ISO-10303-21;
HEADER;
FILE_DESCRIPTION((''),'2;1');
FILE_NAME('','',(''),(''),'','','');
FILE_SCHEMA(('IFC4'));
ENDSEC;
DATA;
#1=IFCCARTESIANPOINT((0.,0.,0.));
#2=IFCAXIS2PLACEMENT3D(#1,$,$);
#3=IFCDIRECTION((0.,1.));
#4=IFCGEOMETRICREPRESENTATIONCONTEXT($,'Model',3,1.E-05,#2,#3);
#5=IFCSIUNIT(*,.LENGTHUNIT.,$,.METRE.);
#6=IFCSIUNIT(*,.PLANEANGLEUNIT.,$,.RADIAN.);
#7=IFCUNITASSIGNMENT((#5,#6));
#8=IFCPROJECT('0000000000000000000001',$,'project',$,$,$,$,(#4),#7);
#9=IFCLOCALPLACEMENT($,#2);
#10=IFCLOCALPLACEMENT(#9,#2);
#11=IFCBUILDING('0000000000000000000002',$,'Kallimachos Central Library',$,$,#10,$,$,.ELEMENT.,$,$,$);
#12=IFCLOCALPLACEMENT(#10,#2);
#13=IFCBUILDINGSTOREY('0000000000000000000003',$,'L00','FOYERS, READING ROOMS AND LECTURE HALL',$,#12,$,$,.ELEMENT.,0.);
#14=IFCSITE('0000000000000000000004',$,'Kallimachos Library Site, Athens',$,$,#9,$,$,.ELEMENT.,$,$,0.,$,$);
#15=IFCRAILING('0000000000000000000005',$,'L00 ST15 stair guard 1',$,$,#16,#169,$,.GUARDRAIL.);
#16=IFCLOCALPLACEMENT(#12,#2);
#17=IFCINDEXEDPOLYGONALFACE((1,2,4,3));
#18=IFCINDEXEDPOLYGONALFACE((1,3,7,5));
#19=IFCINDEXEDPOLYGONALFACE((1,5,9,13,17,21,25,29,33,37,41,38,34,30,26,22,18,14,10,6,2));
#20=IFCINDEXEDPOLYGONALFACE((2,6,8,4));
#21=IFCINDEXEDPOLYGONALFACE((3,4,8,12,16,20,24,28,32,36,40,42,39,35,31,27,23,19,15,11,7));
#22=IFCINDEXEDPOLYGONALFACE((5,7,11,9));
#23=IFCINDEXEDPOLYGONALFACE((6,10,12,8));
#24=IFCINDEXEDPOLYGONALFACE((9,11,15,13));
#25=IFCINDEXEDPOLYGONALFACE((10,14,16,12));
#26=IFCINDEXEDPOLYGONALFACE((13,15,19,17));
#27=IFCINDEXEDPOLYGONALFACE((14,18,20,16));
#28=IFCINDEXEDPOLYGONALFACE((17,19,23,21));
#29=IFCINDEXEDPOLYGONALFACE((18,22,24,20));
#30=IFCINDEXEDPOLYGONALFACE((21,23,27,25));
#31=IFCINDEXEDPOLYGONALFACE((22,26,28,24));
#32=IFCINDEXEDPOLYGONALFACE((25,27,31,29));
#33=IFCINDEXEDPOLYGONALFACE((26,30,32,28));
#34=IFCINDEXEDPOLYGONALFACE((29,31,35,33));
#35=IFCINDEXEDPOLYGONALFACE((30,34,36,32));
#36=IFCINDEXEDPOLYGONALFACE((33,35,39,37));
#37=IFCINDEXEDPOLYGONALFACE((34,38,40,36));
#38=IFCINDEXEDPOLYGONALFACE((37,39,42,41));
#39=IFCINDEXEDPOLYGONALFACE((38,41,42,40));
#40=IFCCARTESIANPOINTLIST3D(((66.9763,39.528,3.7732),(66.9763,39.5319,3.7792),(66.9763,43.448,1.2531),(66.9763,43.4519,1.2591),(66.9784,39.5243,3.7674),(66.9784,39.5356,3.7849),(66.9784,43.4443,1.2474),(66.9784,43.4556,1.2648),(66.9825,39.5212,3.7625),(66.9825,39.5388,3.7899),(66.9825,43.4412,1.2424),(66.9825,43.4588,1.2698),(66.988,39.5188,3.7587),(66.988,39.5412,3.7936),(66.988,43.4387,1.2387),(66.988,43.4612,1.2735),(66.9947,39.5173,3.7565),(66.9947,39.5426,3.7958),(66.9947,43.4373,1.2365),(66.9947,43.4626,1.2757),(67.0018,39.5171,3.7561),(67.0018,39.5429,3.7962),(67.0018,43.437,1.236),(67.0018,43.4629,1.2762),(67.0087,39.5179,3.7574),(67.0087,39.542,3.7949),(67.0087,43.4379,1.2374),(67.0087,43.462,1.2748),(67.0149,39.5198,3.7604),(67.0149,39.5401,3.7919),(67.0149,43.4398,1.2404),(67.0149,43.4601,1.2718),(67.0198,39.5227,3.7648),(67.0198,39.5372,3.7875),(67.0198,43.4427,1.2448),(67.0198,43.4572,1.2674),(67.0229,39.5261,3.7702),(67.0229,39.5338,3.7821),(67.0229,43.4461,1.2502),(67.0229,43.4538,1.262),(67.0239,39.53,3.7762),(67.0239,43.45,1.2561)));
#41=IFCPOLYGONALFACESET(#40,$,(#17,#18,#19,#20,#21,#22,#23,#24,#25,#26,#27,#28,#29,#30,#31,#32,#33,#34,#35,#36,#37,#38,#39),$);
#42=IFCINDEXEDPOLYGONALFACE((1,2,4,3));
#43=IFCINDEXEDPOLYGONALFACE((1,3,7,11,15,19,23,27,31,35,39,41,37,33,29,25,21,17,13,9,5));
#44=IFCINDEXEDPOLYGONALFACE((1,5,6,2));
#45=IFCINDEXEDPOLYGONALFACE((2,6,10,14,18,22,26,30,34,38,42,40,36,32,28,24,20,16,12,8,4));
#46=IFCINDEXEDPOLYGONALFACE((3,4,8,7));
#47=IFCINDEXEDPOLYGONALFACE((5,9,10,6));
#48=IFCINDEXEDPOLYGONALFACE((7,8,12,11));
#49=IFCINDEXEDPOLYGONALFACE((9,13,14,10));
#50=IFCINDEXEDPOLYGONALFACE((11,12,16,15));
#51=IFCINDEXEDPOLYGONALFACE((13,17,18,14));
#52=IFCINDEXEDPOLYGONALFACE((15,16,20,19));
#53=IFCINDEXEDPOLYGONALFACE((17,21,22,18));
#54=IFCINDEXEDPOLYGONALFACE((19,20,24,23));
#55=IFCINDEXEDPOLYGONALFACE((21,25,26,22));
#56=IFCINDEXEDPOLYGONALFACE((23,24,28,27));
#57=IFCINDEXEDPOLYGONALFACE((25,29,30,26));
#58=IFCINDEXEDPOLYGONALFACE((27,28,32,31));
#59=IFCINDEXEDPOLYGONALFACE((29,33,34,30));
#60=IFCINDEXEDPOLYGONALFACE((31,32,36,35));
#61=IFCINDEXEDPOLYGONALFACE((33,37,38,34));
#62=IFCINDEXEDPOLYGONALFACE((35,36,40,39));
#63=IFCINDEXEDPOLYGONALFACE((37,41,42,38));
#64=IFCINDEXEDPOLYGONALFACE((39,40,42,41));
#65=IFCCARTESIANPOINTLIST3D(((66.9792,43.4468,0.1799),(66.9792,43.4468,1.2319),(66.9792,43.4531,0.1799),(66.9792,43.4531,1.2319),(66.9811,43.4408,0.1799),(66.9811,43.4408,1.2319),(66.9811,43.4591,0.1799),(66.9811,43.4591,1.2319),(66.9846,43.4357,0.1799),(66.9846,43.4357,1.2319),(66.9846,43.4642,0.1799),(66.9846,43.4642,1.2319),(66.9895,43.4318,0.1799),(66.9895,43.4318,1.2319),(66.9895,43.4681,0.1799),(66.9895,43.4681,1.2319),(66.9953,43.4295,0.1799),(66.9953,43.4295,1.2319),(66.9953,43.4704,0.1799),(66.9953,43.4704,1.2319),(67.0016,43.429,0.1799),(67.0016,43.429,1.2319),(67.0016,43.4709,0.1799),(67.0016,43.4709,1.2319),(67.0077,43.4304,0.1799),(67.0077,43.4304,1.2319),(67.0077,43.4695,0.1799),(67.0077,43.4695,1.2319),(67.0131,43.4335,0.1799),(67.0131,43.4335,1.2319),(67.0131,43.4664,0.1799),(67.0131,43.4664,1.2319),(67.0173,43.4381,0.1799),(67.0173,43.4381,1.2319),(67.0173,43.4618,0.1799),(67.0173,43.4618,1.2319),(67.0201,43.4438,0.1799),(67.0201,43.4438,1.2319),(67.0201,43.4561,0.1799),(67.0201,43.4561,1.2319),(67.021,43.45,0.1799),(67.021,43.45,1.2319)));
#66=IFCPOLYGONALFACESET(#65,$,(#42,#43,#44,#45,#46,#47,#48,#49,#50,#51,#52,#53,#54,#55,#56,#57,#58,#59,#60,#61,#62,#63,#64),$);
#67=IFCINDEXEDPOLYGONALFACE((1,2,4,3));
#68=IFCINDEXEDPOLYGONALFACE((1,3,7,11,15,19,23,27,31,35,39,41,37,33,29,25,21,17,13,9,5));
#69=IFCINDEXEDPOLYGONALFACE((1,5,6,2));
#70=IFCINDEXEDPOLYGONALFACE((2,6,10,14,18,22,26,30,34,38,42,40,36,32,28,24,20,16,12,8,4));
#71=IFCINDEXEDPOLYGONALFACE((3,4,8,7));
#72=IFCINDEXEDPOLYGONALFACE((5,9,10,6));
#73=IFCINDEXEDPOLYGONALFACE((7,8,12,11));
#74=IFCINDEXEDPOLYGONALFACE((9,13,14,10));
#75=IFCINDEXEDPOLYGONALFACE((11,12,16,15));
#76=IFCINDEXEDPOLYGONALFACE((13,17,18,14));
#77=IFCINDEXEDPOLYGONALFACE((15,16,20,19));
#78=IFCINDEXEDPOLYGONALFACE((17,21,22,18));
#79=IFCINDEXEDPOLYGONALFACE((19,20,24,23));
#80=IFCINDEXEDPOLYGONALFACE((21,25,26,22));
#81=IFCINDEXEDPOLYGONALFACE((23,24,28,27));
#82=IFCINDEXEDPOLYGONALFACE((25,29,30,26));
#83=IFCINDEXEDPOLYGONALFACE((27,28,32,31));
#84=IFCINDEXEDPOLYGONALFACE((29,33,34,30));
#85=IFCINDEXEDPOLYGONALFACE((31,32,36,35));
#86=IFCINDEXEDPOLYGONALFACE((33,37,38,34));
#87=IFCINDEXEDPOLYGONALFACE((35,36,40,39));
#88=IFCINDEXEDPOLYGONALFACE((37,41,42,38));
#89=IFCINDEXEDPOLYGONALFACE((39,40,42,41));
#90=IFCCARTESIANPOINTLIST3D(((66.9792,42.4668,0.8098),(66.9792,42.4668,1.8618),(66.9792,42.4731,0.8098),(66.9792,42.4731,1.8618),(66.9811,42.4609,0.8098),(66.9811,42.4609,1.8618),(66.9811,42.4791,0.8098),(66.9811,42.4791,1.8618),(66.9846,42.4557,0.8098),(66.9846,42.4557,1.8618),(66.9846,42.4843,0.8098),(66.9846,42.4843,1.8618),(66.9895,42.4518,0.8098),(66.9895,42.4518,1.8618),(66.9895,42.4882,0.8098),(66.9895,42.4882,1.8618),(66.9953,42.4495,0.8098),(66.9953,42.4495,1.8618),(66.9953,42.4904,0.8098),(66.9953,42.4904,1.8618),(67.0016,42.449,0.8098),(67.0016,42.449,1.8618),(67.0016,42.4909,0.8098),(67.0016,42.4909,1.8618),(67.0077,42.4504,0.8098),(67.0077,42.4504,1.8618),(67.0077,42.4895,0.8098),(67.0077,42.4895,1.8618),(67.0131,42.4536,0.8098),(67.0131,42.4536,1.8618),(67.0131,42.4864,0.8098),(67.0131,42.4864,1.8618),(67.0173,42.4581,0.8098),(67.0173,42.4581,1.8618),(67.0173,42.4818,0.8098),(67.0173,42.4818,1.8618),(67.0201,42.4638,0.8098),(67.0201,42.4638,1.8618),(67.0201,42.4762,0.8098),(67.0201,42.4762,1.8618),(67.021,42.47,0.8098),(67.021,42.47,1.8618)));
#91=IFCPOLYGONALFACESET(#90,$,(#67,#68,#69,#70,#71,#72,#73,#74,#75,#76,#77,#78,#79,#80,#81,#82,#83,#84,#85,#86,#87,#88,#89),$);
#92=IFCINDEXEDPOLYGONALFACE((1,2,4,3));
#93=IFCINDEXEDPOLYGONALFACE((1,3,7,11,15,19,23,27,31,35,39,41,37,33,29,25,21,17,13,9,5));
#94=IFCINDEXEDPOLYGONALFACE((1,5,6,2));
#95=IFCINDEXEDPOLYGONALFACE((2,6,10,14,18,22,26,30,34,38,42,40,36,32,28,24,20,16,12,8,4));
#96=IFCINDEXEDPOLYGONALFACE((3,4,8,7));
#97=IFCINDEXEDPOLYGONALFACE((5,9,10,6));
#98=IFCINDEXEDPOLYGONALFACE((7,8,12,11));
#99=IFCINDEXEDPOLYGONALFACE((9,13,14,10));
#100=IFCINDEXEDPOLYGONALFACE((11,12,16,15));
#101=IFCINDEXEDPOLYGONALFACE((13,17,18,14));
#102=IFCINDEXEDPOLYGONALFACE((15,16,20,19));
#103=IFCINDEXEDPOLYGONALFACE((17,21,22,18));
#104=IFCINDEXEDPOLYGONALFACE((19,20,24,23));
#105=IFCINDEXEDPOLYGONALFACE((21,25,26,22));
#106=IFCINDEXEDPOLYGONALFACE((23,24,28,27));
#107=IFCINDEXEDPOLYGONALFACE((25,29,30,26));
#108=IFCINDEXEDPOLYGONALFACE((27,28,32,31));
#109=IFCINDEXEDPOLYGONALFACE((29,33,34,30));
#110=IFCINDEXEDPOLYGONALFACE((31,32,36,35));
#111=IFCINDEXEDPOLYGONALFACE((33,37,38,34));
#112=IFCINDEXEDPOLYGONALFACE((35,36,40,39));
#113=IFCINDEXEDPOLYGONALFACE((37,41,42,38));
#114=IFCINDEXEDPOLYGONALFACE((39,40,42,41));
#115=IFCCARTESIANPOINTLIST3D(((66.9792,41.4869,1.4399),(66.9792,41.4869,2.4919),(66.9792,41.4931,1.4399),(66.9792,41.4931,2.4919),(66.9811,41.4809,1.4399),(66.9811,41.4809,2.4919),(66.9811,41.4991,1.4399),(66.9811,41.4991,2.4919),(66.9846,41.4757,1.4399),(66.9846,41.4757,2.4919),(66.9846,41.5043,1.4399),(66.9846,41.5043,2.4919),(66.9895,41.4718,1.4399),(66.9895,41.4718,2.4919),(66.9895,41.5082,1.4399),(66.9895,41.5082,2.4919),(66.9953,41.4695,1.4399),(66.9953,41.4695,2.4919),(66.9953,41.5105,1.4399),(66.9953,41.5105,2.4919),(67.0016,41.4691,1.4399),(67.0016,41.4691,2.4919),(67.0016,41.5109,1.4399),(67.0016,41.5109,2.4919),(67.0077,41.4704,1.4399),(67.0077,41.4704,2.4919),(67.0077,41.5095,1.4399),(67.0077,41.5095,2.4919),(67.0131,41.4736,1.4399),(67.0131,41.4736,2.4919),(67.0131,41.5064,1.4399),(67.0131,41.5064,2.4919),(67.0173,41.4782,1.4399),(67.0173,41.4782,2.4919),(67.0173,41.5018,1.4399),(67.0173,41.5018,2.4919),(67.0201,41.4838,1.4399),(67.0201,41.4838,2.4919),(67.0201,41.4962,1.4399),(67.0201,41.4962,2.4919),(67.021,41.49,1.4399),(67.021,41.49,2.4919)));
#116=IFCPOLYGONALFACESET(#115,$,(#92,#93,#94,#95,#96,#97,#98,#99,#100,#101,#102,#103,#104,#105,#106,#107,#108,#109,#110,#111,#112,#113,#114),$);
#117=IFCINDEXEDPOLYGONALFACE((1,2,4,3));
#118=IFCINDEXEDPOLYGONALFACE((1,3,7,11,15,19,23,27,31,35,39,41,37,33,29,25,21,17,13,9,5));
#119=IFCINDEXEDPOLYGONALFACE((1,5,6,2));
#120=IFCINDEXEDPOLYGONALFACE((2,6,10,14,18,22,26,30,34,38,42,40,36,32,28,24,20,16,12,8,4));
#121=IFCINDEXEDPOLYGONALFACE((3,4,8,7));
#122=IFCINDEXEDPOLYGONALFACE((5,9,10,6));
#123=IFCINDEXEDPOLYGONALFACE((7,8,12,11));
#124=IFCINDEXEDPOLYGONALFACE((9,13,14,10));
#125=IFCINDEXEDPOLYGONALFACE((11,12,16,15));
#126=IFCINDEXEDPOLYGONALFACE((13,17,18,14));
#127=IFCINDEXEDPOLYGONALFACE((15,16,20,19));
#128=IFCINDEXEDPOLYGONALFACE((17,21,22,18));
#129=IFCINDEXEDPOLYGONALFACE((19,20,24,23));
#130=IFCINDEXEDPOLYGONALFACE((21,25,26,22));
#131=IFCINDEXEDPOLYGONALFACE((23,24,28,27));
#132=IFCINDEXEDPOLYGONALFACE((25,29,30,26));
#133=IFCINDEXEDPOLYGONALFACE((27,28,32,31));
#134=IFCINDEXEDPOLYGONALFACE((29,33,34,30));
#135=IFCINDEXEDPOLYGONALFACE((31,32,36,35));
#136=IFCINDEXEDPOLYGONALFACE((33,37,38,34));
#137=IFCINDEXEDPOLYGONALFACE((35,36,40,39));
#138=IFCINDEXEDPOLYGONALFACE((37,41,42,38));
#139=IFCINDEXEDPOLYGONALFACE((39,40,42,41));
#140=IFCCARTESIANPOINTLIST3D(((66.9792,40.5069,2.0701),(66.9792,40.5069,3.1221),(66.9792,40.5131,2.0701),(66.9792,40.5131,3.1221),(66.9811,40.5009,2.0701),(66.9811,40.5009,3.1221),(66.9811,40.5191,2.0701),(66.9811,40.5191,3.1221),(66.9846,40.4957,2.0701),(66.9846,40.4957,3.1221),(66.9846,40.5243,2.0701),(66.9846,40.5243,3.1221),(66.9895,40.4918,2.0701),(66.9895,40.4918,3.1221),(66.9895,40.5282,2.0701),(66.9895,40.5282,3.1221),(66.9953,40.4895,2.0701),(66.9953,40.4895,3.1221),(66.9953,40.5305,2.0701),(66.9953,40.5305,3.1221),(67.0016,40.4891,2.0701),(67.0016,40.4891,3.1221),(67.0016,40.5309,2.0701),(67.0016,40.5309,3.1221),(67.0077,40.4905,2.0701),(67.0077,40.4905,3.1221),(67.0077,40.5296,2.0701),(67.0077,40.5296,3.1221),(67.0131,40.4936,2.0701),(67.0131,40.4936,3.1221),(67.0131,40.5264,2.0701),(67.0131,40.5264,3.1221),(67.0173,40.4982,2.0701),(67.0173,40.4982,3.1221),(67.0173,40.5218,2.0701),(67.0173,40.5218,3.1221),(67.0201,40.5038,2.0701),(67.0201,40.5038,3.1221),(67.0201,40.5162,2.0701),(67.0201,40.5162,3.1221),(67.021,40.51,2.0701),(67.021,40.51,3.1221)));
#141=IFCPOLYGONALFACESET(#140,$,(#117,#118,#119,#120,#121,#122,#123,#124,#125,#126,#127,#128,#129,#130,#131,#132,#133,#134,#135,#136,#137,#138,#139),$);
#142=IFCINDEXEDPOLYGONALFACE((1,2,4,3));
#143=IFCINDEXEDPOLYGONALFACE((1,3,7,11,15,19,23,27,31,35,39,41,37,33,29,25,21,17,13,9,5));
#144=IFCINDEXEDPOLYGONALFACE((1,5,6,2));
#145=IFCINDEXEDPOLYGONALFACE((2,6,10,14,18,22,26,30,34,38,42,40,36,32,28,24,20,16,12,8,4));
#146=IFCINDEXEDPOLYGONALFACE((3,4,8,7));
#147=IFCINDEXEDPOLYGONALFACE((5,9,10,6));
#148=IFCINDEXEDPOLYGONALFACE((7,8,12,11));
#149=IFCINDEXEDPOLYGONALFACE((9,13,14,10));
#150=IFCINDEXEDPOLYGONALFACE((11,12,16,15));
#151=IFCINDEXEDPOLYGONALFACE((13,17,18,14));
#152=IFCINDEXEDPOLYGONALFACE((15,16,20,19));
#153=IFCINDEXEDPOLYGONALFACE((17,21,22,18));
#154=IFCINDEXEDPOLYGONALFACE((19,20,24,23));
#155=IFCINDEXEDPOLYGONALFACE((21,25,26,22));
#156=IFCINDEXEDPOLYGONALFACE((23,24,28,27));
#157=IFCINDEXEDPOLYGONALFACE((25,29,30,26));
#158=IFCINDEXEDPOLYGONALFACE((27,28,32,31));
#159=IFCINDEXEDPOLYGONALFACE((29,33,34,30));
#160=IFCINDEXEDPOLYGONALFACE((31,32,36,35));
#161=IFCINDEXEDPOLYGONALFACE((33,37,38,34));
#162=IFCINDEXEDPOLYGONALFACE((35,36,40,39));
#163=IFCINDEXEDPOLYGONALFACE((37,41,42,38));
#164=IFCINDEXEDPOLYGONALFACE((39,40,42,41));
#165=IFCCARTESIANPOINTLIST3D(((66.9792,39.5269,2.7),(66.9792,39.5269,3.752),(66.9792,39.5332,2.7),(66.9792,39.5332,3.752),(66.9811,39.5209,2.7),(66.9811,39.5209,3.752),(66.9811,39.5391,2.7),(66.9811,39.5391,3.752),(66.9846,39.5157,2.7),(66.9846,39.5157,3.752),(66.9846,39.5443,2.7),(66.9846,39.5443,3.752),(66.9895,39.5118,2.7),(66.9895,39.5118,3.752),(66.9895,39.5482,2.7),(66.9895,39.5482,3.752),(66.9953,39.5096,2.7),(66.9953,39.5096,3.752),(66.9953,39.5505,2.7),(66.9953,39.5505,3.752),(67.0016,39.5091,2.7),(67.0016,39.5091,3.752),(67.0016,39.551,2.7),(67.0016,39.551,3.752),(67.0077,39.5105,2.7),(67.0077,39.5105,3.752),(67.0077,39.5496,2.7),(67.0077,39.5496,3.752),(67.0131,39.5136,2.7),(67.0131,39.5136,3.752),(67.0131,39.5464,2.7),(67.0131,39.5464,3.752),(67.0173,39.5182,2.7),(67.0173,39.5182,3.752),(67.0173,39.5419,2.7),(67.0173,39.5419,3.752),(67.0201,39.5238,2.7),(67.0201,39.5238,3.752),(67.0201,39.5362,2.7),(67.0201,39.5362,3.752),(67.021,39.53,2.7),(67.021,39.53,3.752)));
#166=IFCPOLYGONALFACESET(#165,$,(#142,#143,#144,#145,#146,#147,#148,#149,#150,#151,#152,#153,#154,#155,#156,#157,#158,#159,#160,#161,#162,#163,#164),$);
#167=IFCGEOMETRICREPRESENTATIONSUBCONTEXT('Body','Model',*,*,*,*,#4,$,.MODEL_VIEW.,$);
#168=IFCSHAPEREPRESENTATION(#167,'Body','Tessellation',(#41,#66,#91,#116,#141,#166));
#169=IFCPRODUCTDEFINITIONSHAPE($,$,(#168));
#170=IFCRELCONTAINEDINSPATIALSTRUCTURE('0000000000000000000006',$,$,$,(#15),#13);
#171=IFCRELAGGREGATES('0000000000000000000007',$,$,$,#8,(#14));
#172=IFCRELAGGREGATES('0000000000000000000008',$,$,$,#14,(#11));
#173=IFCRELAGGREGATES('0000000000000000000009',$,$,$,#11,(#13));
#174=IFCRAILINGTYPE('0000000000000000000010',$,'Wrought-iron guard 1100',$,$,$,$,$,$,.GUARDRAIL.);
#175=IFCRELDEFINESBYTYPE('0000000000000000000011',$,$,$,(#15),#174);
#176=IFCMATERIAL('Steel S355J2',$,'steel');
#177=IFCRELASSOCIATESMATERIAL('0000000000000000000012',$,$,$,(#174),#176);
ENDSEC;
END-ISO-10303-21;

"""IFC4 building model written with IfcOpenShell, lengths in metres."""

from ifc_helpers import new_model, si_unit, direction, frame, origin, origin_2d, place, context, subcontext, project, spatial, circle, extrude, material, type_object, element, save


model = new_model("IFC4")

# Units and contexts
model_context = context("Model", 3, precision=1e-05, world=origin(), true_north=direction((0.0, 1.0)))
body_context = subcontext(model_context, "Body", "Model", "MODEL_VIEW")
ifc_project = project(units=[si_unit("LENGTHUNIT", "METRE"), si_unit("PLANEANGLEUNIT", "RADIAN")], contexts=[model_context])

# Site, building, storey
site_placement = place(None, origin())
site = spatial("IfcSite", under=ifc_project, at=site_placement, Name="Kallimachos Library Site, Athens", CompositionType="ELEMENT", RefElevation=0.0)
building_placement = place(site_placement, origin())
building = spatial("IfcBuilding", under=site, at=building_placement, Name="Kallimachos Central Library", CompositionType="ELEMENT")
storey_placement = place(building_placement, origin())
storey = spatial("IfcBuildingStorey", under=building, at=storey_placement, Name="L00", Description="FOYERS, READING ROOMS AND LECTURE HALL", CompositionType="ELEMENT", Elevation=0.0)

# Railing
ifc_material_1 = material(Name="Steel S355J2", Category="steel")
railing_type = type_object("IfcRailingType", Name="Wrought-iron guard 1100", PredefinedType="GUARDRAIL", material=ifc_material_1)
railing_1_placement = place(storey_placement, frame((67.0, 43.45, 0.1799)))
element("IfcRailing", 1, at=railing_1_placement, inside=storey, type_object=railing_type, Name="L00 ST15 stair guard 1", PredefinedType="GUARDRAIL", context=body_context, shape_type="SweptSolid", body=[
    extrude(circle(Radius=0.0239, at=origin_2d()), frame((0.0, 0.0, 1.0762), z_axis=(0.0, -0.841172, 0.540768), x_axis=(1.0, 0.0, 0.0)), (0.0, 0.0, 1.0), 4.6602),
    extrude(circle(Radius=0.021, at=origin_2d()), origin(), (0.0, 0.0, 1.0), 1.052),
    extrude(circle(Radius=0.021, at=origin_2d()), frame((0.0, -0.98, 0.6299)), (0.0, 0.0, 1.0), 1.052),
    extrude(circle(Radius=0.021, at=origin_2d()), frame((0.0, -1.96, 1.26)), (0.0, 0.0, 1.0), 1.052),
    extrude(circle(Radius=0.021, at=origin_2d()), frame((0.0, -2.9399, 1.8901)), (0.0, 0.0, 1.0), 1.052),
    extrude(circle(Radius=0.021, at=origin_2d()), frame((0.0, -3.9199, 2.52)), (0.0, 0.0, 1.0), 1.052),
])

save(model, "model.ifc")
